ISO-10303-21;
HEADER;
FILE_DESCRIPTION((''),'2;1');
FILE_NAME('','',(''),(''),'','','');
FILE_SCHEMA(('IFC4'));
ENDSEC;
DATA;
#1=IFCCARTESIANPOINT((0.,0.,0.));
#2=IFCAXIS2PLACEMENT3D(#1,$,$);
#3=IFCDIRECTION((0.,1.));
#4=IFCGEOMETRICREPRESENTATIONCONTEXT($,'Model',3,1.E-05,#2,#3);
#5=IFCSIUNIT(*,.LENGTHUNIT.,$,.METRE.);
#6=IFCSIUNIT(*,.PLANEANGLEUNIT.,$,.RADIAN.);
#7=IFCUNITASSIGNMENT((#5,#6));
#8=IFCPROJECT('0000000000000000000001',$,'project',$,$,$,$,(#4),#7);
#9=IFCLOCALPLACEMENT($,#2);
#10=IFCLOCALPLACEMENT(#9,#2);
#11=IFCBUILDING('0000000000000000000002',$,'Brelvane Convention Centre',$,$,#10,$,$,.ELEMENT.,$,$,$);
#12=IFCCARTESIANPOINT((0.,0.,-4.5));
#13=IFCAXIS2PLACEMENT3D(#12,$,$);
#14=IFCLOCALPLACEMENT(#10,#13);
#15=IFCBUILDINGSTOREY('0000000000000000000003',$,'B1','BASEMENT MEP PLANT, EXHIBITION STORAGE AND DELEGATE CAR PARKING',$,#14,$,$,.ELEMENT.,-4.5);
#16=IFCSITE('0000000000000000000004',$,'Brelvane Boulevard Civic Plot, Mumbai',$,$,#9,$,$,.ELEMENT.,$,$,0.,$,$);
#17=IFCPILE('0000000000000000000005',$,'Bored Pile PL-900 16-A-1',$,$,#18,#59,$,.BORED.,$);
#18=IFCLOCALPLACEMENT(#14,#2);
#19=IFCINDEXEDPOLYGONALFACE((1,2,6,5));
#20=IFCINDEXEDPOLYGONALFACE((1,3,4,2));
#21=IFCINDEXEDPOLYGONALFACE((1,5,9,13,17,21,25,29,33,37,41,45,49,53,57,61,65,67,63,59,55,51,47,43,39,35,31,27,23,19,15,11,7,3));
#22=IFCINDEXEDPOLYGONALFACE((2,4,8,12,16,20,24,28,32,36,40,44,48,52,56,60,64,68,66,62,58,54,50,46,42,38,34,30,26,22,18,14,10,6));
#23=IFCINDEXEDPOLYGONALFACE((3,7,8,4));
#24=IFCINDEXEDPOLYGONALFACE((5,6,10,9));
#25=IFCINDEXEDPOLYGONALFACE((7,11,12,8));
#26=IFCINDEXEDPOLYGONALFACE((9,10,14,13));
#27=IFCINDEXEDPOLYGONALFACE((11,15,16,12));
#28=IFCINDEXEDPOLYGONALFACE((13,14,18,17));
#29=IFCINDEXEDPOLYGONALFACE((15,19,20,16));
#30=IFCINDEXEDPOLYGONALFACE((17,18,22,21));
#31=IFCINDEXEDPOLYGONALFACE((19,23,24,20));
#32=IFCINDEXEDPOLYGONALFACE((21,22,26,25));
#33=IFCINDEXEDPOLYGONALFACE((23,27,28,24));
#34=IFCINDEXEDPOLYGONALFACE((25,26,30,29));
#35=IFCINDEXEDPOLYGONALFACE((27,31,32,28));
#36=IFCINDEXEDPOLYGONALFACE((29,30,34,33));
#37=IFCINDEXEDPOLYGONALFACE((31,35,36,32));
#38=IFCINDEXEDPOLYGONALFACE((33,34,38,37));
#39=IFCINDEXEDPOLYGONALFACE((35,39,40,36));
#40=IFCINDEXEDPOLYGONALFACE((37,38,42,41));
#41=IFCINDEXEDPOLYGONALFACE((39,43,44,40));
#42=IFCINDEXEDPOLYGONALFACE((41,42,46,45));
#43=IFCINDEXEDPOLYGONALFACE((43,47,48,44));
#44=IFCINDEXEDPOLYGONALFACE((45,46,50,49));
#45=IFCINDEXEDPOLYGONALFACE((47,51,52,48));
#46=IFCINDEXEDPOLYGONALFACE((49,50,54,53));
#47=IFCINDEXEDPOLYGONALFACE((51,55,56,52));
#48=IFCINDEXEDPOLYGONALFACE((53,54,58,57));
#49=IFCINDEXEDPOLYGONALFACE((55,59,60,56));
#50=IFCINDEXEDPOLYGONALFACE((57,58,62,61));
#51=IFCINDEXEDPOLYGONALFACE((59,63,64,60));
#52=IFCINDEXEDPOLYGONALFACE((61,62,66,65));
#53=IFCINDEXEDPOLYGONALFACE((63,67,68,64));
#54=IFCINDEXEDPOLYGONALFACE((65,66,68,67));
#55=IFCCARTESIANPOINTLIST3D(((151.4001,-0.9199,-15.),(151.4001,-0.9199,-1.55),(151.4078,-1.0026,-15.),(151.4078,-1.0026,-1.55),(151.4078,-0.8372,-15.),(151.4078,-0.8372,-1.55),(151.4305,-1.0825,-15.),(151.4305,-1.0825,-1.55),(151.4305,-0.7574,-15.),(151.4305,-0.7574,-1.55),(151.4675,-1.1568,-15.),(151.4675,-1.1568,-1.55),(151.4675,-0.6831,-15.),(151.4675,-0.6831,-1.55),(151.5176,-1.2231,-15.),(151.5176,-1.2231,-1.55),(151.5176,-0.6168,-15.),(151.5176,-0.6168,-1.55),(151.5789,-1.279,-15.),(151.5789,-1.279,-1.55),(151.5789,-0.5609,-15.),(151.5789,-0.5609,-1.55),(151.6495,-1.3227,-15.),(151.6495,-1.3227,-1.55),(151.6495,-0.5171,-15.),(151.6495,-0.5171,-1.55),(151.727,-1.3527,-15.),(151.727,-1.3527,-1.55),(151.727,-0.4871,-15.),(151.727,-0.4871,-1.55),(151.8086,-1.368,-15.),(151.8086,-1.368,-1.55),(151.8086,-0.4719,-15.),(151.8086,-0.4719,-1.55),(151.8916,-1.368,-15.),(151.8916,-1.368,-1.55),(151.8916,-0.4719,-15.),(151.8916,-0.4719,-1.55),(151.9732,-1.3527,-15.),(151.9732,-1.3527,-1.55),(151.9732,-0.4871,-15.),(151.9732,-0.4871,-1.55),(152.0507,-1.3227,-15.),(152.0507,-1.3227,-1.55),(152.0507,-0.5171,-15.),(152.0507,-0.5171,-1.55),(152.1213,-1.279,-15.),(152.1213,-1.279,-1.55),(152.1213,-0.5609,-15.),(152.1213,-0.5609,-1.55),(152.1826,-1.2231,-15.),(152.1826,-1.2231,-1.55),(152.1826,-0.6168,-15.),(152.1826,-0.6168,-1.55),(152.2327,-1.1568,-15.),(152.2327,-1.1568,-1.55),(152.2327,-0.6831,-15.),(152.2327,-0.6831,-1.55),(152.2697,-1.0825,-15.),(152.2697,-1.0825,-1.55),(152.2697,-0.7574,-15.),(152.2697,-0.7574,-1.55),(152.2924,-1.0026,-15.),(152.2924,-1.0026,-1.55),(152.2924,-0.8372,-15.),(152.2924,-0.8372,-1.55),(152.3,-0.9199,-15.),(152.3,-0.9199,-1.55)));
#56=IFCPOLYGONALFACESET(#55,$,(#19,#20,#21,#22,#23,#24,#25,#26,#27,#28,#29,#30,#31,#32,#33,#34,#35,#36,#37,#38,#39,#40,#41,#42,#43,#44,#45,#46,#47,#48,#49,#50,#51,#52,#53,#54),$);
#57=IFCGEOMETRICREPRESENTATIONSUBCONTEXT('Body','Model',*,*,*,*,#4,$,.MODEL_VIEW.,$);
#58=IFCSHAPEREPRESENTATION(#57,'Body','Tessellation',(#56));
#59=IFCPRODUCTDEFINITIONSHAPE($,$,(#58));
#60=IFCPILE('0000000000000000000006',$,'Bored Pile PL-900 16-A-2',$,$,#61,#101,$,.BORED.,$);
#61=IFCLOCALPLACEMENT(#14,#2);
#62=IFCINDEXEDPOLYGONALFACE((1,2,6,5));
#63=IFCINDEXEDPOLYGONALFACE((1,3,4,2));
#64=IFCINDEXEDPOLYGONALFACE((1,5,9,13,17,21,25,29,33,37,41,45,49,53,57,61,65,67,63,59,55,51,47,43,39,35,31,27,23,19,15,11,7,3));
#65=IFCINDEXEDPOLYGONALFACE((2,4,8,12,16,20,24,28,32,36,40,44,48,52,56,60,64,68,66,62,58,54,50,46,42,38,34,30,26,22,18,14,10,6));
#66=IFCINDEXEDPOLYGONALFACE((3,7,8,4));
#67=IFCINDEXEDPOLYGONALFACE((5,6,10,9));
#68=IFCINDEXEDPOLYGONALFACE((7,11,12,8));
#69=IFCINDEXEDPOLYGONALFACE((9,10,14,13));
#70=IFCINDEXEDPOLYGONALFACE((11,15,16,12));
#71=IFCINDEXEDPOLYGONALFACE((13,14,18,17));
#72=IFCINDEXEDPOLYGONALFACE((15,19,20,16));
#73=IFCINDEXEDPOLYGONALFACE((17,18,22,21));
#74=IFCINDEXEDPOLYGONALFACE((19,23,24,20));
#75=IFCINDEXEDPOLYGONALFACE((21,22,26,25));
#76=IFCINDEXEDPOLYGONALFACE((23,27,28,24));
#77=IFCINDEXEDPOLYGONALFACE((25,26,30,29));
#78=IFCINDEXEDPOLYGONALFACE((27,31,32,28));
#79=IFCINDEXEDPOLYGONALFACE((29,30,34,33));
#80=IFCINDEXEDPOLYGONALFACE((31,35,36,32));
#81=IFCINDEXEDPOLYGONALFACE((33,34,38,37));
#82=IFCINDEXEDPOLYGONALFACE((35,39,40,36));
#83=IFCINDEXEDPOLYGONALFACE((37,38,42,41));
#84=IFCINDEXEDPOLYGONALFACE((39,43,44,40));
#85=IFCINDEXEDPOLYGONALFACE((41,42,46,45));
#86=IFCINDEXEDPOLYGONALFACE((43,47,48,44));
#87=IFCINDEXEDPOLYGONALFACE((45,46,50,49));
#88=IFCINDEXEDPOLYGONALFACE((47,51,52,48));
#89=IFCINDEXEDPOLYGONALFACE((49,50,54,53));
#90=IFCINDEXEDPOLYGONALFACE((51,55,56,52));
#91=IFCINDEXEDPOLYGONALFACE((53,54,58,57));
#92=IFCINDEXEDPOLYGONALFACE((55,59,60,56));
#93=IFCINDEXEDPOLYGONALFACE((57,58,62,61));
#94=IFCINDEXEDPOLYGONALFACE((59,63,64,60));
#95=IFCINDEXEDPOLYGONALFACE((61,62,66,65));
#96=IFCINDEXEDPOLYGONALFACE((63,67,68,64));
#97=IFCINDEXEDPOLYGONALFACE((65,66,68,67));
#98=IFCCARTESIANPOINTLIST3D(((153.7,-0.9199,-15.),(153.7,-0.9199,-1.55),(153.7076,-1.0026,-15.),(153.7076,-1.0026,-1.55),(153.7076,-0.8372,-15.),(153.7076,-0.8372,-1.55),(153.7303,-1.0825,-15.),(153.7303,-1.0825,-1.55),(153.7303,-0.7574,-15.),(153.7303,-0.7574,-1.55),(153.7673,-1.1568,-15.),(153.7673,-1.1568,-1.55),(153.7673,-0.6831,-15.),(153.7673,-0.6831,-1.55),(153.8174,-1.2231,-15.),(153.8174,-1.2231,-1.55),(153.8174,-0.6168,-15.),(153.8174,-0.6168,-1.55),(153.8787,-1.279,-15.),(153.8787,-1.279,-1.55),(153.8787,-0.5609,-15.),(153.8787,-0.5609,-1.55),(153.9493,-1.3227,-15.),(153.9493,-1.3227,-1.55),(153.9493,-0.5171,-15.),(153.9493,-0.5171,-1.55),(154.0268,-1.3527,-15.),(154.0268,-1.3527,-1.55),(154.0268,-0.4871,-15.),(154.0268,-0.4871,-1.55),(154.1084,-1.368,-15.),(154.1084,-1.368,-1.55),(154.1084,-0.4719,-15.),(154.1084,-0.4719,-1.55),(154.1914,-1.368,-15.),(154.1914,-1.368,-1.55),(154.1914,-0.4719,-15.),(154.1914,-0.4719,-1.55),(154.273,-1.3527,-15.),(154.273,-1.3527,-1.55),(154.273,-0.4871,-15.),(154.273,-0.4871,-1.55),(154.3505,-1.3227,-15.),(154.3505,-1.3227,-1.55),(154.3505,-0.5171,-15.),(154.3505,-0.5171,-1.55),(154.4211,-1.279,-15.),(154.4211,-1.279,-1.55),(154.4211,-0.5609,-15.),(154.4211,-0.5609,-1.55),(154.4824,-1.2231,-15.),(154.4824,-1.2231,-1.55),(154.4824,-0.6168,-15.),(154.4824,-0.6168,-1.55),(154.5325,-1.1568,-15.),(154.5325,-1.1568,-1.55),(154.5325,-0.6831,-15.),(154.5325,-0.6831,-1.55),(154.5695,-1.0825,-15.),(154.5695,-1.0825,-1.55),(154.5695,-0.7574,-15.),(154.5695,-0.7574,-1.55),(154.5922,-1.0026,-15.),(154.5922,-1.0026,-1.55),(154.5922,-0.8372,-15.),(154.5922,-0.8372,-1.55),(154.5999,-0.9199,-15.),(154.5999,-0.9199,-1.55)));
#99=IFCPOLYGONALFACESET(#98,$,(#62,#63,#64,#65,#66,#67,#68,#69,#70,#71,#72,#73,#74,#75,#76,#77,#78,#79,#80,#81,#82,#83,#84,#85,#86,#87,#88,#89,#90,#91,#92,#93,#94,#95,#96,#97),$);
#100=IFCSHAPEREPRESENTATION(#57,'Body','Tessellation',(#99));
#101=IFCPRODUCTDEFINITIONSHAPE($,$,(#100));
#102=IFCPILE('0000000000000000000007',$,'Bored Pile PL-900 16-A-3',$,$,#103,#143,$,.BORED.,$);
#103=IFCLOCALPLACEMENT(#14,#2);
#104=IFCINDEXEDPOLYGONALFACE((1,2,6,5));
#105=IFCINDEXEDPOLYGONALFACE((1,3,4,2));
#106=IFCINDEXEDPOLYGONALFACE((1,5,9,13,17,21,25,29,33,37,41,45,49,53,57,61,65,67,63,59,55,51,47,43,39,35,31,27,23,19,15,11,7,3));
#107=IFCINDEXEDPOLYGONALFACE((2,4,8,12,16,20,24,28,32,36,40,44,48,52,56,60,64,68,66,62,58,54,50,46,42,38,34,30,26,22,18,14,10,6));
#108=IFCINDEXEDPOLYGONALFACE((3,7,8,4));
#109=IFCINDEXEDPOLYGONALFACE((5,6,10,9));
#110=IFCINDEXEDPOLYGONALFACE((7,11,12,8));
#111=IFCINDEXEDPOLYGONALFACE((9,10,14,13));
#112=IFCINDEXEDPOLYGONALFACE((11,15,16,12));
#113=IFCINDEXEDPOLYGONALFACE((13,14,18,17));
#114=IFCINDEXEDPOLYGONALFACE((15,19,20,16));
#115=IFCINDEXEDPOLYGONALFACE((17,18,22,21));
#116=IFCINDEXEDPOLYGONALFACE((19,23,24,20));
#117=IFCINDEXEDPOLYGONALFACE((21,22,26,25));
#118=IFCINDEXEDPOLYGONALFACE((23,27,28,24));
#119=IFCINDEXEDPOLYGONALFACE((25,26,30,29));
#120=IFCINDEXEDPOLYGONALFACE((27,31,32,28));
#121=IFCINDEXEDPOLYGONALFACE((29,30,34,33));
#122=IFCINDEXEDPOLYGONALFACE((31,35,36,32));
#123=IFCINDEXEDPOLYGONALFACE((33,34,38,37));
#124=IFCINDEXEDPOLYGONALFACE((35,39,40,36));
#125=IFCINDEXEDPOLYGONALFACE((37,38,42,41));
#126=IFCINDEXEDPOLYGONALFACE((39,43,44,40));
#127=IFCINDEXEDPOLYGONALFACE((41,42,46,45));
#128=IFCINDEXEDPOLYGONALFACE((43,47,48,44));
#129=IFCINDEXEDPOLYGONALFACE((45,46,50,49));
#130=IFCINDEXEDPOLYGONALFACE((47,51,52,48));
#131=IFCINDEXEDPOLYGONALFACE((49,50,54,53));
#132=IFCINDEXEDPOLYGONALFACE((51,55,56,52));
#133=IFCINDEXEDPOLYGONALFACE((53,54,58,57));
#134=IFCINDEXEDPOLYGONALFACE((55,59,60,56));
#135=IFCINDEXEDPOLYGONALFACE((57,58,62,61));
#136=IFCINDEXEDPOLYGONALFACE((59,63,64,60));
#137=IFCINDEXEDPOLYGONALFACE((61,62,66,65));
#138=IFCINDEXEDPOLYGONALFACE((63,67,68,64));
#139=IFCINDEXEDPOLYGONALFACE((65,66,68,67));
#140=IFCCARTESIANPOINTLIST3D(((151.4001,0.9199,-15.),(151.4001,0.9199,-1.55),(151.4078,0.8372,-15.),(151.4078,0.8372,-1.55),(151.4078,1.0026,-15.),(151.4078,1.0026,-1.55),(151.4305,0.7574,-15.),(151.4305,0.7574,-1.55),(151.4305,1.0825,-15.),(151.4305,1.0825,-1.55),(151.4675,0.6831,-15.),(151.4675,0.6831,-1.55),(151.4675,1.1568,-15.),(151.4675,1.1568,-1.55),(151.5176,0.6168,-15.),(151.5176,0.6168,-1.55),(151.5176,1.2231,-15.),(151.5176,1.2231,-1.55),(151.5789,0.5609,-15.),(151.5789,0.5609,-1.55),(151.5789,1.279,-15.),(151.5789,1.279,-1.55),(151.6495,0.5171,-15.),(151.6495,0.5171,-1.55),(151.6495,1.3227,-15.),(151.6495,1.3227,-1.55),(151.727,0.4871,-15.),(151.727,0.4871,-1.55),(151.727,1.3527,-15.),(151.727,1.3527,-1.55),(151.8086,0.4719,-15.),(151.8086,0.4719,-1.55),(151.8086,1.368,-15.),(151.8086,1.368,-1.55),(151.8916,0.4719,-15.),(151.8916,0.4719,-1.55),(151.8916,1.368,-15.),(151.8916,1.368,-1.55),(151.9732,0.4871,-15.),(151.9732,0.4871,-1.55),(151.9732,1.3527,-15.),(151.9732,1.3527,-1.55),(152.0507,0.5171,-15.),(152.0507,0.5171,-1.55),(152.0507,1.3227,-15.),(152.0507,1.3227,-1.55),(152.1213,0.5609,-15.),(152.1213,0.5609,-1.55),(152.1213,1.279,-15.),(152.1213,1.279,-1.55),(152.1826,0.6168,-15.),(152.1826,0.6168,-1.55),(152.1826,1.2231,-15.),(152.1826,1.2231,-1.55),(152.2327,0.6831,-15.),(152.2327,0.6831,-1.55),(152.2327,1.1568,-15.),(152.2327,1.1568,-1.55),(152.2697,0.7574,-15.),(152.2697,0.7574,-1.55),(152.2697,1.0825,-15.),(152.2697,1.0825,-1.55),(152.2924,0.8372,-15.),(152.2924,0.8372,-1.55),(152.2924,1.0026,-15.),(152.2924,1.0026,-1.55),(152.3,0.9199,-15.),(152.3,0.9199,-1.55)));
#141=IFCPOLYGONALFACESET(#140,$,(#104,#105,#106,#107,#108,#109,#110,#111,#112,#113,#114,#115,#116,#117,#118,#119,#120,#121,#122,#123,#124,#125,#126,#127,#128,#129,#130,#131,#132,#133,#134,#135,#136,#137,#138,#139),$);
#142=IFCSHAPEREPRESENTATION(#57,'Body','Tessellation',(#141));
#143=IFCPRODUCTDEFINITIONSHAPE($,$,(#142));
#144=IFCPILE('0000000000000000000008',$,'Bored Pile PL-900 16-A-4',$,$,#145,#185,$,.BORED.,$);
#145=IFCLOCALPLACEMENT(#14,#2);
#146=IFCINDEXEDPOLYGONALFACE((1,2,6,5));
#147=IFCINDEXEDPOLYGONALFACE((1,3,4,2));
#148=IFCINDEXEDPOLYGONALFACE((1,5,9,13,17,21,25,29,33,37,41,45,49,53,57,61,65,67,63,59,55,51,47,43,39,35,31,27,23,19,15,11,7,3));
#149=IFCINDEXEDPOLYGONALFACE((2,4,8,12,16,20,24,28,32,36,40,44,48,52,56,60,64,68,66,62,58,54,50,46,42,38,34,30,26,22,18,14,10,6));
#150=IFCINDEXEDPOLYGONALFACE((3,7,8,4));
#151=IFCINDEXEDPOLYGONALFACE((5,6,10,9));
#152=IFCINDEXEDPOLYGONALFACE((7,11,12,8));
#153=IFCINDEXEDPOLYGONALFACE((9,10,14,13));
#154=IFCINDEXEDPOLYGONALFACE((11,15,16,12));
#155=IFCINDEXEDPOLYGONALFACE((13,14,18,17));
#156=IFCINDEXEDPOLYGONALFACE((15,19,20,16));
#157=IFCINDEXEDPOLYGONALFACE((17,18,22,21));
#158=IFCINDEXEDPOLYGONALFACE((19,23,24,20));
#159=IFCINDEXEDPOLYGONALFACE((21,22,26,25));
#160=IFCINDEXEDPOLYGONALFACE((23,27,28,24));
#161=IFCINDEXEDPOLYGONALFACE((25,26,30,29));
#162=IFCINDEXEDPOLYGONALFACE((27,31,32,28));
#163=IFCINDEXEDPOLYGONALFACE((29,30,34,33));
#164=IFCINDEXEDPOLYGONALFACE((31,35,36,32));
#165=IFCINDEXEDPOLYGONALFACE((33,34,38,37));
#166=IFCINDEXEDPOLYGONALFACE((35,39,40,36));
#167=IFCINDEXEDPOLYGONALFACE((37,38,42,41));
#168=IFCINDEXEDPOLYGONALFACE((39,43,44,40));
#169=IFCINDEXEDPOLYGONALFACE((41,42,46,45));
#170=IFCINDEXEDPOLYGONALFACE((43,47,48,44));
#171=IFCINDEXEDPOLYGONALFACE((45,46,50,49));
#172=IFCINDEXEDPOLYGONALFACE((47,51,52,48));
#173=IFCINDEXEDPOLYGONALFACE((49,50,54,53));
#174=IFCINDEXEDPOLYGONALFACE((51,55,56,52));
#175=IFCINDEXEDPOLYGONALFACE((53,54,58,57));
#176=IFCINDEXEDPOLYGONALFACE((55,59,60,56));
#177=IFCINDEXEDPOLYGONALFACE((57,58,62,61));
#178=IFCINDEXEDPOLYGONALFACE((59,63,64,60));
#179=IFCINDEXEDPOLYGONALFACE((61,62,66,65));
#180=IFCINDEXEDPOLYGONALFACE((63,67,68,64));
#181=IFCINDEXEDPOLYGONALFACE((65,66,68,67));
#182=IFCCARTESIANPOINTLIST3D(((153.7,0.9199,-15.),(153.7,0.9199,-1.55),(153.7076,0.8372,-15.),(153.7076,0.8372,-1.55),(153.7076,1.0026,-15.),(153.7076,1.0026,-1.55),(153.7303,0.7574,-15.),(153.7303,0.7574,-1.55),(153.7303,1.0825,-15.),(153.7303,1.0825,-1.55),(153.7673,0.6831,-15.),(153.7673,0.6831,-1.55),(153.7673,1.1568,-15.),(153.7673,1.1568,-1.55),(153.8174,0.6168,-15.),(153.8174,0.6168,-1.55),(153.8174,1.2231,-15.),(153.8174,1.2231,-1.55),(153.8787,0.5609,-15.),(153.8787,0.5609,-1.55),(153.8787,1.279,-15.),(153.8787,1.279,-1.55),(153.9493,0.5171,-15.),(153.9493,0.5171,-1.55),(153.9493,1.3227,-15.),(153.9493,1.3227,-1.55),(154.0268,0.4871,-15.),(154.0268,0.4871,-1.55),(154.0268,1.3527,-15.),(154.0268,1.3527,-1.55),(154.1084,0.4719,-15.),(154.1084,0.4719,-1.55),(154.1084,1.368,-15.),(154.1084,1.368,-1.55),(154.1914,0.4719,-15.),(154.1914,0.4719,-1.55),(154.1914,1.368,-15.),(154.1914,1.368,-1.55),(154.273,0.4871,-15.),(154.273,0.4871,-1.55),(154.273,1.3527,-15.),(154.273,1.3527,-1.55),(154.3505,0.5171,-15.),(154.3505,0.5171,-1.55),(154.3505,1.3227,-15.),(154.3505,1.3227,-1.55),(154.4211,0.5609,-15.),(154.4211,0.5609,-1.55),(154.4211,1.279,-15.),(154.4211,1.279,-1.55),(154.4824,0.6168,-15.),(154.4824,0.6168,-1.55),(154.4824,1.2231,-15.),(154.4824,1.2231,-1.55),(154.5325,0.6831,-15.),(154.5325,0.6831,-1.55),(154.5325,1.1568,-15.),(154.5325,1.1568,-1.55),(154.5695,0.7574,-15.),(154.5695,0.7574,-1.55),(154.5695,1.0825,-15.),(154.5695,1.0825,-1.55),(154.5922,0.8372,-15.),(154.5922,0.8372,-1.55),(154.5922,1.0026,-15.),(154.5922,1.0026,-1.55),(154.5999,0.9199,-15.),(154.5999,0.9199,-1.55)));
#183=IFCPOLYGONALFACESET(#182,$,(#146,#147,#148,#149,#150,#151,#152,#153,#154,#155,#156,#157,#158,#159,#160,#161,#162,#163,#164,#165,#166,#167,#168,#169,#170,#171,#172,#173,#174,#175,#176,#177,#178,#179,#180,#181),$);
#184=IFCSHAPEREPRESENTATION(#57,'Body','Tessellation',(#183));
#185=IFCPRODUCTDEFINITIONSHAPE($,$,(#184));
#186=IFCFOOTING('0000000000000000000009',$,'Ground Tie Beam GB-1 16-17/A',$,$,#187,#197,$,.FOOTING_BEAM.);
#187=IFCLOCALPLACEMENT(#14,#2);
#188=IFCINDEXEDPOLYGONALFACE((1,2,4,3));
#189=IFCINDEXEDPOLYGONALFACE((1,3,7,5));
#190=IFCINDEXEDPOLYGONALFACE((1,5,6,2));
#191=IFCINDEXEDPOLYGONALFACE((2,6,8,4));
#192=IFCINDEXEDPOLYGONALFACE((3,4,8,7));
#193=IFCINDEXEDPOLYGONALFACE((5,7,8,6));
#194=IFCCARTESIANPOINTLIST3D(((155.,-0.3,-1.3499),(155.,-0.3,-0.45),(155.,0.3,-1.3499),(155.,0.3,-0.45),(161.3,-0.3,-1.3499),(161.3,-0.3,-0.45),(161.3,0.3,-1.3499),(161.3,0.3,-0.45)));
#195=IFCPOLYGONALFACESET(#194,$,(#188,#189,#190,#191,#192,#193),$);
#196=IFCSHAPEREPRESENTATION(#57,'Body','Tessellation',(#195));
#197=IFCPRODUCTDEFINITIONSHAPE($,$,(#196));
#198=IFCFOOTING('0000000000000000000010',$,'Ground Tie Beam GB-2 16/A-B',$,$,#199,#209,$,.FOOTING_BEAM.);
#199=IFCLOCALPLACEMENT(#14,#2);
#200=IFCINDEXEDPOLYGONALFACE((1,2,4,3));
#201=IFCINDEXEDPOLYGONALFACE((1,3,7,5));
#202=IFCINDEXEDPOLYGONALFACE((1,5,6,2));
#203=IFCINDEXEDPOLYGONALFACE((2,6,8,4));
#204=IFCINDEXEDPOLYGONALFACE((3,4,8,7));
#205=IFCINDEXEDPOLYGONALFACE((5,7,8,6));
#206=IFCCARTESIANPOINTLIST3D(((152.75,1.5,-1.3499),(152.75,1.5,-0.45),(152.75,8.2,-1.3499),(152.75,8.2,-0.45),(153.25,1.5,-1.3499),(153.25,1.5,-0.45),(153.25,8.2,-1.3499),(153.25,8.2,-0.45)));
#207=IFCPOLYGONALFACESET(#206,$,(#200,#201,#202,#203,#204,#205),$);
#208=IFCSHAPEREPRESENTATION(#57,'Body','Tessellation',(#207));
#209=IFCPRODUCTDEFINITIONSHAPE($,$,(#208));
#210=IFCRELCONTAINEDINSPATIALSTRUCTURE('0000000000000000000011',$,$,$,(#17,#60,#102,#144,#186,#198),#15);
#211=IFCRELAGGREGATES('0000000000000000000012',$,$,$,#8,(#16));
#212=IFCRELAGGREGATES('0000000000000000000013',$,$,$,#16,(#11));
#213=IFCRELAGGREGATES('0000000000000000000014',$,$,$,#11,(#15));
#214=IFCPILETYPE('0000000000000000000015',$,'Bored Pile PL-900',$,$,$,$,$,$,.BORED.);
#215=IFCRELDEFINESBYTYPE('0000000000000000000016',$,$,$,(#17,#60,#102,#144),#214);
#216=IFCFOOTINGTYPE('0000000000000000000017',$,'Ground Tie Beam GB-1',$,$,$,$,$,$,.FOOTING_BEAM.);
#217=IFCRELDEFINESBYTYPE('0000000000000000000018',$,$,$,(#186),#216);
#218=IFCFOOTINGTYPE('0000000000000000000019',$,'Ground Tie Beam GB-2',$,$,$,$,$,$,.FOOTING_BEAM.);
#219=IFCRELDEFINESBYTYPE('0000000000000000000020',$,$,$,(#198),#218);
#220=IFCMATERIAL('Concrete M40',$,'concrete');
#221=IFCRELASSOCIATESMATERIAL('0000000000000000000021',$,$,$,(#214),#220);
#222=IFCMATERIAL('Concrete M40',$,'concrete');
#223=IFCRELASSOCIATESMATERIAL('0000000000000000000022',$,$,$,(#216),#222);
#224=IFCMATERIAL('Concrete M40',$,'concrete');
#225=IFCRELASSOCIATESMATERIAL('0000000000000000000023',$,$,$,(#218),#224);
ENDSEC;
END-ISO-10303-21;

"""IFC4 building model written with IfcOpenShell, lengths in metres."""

from ifc_helpers import new_model, si_unit, direction, frame, origin, origin_2d, place, context, subcontext, project, spatial, rectangle, circle, extrude, material, material_profile, profile_set, type_object, element, save


model = new_model("IFC4")

# Units and contexts
model_context = context("Model", 3, precision=1e-05, world=origin(), true_north=direction((0.0, 1.0)))
body_context = subcontext(model_context, "Body", "Model", "MODEL_VIEW")
ifc_project = project(units=[si_unit("LENGTHUNIT", "METRE"), si_unit("PLANEANGLEUNIT", "RADIAN")], contexts=[model_context])

# Site, building, storey
site_placement = place(None, origin())
site = spatial("IfcSite", under=ifc_project, at=site_placement, Name="Brelvane Boulevard Civic Plot, Mumbai", CompositionType="ELEMENT", RefElevation=0.0)
building_placement = place(site_placement, origin())
building = spatial("IfcBuilding", under=site, at=building_placement, Name="Brelvane Convention Centre", CompositionType="ELEMENT")
storey_placement = place(building_placement, frame((0.0, 0.0, -4.5)))
storey = spatial("IfcBuildingStorey", under=building, at=storey_placement, Name="B1", Description="BASEMENT MEP PLANT, EXHIBITION STORAGE AND DELEGATE CAR PARKING", CompositionType="ELEMENT", Elevation=-4.5)

# Piles
ifc_material_1 = material(Name="Concrete M40", Category="concrete")
ifc_material_profile_1 = material_profile(ifc_material_1, circle(Radius=0.45, at=origin_2d()), Name="PILE D900")
ifc_profile_set_1 = profile_set([ifc_material_profile_1], Name="Concrete M40")
pile_type = type_object("IfcPileType", Name="Bored Pile PL-900", PredefinedType="BORED", material=ifc_profile_set_1)
for number, where, z_axis, x_axis, name in (
    (1, (151.8501, -0.9199, -1.55), (0.0, 0.0, -1.0), (1.0, 0.0, 0.0), "Bored Pile PL-900 16-A-1"),
    (2, (154.1499, -0.9199, -1.55), (0.0, 0.0, -1.0), (1.0, 0.0, 0.0), "Bored Pile PL-900 16-A-2"),
    (3, (151.8501, 0.9199, -1.55), (0.0, 0.0, -1.0), (1.0, 0.0, 0.0), "Bored Pile PL-900 16-A-3"),
    (4, (154.1499, 0.9199, -1.55), (0.0, 0.0, -1.0), (1.0, 0.0, 0.0), "Bored Pile PL-900 16-A-4"),
):
    element("IfcPile", number, at=place(storey_placement, frame(where, z_axis=z_axis, x_axis=x_axis)), inside=storey, type_object=pile_type, Name=name, PredefinedType="BORED", context=body_context, shape_type="SweptSolid", body=[
        extrude(circle(Radius=0.45, at=origin_2d()), origin(), (0.0, 0.0, 1.0), 13.45),
    ])

# Footings
ifc_material_2 = material(Name="Concrete M40", Category="concrete")
ifc_material_profile_2 = material_profile(ifc_material_2, rectangle(XDim=0.6001, YDim=0.8999, at=origin_2d()), Name="RC 600x900")
ifc_profile_set_2 = profile_set([ifc_material_profile_2], Name="Concrete M40")
footing_type_1 = type_object("IfcFootingType", Name="Ground Tie Beam GB-1", PredefinedType="FOOTING_BEAM", material=ifc_profile_set_2)
footing_1_placement = place(storey_placement, frame((155.0, 0.0, -0.8999), z_axis=(1.0, 0.0, 0.0), x_axis=(0.0, 1.0, 0.0)))
element("IfcFooting", 5, at=footing_1_placement, inside=storey, type_object=footing_type_1, Name="Ground Tie Beam GB-1 16-17/A", PredefinedType="FOOTING_BEAM", context=body_context, shape_type="SweptSolid", body=[
    extrude(rectangle(XDim=0.6001, YDim=0.8999, at=origin_2d()), origin(), (0.0, 0.0, 1.0), 6.3),
])
ifc_material_3 = material(Name="Concrete M40", Category="concrete")
ifc_material_profile_3 = material_profile(ifc_material_3, rectangle(XDim=0.5, YDim=0.8999, at=origin_2d()), Name="RC 500x900")
ifc_profile_set_3 = profile_set([ifc_material_profile_3], Name="Concrete M40")
footing_type_2 = type_object("IfcFootingType", Name="Ground Tie Beam GB-2", PredefinedType="FOOTING_BEAM", material=ifc_profile_set_3)
footing_2_placement = place(storey_placement, frame((153.0, 1.5, -0.8999), z_axis=(0.0, 1.0, 0.0), x_axis=(-1.0, 0.0, 0.0)))
element("IfcFooting", 6, at=footing_2_placement, inside=storey, type_object=footing_type_2, Name="Ground Tie Beam GB-2 16/A-B", PredefinedType="FOOTING_BEAM", context=body_context, shape_type="SweptSolid", body=[
    extrude(rectangle(XDim=0.5, YDim=0.8999, at=origin_2d()), origin(), (0.0, 0.0, 1.0), 6.7),
])

save(model, "model.ifc")
